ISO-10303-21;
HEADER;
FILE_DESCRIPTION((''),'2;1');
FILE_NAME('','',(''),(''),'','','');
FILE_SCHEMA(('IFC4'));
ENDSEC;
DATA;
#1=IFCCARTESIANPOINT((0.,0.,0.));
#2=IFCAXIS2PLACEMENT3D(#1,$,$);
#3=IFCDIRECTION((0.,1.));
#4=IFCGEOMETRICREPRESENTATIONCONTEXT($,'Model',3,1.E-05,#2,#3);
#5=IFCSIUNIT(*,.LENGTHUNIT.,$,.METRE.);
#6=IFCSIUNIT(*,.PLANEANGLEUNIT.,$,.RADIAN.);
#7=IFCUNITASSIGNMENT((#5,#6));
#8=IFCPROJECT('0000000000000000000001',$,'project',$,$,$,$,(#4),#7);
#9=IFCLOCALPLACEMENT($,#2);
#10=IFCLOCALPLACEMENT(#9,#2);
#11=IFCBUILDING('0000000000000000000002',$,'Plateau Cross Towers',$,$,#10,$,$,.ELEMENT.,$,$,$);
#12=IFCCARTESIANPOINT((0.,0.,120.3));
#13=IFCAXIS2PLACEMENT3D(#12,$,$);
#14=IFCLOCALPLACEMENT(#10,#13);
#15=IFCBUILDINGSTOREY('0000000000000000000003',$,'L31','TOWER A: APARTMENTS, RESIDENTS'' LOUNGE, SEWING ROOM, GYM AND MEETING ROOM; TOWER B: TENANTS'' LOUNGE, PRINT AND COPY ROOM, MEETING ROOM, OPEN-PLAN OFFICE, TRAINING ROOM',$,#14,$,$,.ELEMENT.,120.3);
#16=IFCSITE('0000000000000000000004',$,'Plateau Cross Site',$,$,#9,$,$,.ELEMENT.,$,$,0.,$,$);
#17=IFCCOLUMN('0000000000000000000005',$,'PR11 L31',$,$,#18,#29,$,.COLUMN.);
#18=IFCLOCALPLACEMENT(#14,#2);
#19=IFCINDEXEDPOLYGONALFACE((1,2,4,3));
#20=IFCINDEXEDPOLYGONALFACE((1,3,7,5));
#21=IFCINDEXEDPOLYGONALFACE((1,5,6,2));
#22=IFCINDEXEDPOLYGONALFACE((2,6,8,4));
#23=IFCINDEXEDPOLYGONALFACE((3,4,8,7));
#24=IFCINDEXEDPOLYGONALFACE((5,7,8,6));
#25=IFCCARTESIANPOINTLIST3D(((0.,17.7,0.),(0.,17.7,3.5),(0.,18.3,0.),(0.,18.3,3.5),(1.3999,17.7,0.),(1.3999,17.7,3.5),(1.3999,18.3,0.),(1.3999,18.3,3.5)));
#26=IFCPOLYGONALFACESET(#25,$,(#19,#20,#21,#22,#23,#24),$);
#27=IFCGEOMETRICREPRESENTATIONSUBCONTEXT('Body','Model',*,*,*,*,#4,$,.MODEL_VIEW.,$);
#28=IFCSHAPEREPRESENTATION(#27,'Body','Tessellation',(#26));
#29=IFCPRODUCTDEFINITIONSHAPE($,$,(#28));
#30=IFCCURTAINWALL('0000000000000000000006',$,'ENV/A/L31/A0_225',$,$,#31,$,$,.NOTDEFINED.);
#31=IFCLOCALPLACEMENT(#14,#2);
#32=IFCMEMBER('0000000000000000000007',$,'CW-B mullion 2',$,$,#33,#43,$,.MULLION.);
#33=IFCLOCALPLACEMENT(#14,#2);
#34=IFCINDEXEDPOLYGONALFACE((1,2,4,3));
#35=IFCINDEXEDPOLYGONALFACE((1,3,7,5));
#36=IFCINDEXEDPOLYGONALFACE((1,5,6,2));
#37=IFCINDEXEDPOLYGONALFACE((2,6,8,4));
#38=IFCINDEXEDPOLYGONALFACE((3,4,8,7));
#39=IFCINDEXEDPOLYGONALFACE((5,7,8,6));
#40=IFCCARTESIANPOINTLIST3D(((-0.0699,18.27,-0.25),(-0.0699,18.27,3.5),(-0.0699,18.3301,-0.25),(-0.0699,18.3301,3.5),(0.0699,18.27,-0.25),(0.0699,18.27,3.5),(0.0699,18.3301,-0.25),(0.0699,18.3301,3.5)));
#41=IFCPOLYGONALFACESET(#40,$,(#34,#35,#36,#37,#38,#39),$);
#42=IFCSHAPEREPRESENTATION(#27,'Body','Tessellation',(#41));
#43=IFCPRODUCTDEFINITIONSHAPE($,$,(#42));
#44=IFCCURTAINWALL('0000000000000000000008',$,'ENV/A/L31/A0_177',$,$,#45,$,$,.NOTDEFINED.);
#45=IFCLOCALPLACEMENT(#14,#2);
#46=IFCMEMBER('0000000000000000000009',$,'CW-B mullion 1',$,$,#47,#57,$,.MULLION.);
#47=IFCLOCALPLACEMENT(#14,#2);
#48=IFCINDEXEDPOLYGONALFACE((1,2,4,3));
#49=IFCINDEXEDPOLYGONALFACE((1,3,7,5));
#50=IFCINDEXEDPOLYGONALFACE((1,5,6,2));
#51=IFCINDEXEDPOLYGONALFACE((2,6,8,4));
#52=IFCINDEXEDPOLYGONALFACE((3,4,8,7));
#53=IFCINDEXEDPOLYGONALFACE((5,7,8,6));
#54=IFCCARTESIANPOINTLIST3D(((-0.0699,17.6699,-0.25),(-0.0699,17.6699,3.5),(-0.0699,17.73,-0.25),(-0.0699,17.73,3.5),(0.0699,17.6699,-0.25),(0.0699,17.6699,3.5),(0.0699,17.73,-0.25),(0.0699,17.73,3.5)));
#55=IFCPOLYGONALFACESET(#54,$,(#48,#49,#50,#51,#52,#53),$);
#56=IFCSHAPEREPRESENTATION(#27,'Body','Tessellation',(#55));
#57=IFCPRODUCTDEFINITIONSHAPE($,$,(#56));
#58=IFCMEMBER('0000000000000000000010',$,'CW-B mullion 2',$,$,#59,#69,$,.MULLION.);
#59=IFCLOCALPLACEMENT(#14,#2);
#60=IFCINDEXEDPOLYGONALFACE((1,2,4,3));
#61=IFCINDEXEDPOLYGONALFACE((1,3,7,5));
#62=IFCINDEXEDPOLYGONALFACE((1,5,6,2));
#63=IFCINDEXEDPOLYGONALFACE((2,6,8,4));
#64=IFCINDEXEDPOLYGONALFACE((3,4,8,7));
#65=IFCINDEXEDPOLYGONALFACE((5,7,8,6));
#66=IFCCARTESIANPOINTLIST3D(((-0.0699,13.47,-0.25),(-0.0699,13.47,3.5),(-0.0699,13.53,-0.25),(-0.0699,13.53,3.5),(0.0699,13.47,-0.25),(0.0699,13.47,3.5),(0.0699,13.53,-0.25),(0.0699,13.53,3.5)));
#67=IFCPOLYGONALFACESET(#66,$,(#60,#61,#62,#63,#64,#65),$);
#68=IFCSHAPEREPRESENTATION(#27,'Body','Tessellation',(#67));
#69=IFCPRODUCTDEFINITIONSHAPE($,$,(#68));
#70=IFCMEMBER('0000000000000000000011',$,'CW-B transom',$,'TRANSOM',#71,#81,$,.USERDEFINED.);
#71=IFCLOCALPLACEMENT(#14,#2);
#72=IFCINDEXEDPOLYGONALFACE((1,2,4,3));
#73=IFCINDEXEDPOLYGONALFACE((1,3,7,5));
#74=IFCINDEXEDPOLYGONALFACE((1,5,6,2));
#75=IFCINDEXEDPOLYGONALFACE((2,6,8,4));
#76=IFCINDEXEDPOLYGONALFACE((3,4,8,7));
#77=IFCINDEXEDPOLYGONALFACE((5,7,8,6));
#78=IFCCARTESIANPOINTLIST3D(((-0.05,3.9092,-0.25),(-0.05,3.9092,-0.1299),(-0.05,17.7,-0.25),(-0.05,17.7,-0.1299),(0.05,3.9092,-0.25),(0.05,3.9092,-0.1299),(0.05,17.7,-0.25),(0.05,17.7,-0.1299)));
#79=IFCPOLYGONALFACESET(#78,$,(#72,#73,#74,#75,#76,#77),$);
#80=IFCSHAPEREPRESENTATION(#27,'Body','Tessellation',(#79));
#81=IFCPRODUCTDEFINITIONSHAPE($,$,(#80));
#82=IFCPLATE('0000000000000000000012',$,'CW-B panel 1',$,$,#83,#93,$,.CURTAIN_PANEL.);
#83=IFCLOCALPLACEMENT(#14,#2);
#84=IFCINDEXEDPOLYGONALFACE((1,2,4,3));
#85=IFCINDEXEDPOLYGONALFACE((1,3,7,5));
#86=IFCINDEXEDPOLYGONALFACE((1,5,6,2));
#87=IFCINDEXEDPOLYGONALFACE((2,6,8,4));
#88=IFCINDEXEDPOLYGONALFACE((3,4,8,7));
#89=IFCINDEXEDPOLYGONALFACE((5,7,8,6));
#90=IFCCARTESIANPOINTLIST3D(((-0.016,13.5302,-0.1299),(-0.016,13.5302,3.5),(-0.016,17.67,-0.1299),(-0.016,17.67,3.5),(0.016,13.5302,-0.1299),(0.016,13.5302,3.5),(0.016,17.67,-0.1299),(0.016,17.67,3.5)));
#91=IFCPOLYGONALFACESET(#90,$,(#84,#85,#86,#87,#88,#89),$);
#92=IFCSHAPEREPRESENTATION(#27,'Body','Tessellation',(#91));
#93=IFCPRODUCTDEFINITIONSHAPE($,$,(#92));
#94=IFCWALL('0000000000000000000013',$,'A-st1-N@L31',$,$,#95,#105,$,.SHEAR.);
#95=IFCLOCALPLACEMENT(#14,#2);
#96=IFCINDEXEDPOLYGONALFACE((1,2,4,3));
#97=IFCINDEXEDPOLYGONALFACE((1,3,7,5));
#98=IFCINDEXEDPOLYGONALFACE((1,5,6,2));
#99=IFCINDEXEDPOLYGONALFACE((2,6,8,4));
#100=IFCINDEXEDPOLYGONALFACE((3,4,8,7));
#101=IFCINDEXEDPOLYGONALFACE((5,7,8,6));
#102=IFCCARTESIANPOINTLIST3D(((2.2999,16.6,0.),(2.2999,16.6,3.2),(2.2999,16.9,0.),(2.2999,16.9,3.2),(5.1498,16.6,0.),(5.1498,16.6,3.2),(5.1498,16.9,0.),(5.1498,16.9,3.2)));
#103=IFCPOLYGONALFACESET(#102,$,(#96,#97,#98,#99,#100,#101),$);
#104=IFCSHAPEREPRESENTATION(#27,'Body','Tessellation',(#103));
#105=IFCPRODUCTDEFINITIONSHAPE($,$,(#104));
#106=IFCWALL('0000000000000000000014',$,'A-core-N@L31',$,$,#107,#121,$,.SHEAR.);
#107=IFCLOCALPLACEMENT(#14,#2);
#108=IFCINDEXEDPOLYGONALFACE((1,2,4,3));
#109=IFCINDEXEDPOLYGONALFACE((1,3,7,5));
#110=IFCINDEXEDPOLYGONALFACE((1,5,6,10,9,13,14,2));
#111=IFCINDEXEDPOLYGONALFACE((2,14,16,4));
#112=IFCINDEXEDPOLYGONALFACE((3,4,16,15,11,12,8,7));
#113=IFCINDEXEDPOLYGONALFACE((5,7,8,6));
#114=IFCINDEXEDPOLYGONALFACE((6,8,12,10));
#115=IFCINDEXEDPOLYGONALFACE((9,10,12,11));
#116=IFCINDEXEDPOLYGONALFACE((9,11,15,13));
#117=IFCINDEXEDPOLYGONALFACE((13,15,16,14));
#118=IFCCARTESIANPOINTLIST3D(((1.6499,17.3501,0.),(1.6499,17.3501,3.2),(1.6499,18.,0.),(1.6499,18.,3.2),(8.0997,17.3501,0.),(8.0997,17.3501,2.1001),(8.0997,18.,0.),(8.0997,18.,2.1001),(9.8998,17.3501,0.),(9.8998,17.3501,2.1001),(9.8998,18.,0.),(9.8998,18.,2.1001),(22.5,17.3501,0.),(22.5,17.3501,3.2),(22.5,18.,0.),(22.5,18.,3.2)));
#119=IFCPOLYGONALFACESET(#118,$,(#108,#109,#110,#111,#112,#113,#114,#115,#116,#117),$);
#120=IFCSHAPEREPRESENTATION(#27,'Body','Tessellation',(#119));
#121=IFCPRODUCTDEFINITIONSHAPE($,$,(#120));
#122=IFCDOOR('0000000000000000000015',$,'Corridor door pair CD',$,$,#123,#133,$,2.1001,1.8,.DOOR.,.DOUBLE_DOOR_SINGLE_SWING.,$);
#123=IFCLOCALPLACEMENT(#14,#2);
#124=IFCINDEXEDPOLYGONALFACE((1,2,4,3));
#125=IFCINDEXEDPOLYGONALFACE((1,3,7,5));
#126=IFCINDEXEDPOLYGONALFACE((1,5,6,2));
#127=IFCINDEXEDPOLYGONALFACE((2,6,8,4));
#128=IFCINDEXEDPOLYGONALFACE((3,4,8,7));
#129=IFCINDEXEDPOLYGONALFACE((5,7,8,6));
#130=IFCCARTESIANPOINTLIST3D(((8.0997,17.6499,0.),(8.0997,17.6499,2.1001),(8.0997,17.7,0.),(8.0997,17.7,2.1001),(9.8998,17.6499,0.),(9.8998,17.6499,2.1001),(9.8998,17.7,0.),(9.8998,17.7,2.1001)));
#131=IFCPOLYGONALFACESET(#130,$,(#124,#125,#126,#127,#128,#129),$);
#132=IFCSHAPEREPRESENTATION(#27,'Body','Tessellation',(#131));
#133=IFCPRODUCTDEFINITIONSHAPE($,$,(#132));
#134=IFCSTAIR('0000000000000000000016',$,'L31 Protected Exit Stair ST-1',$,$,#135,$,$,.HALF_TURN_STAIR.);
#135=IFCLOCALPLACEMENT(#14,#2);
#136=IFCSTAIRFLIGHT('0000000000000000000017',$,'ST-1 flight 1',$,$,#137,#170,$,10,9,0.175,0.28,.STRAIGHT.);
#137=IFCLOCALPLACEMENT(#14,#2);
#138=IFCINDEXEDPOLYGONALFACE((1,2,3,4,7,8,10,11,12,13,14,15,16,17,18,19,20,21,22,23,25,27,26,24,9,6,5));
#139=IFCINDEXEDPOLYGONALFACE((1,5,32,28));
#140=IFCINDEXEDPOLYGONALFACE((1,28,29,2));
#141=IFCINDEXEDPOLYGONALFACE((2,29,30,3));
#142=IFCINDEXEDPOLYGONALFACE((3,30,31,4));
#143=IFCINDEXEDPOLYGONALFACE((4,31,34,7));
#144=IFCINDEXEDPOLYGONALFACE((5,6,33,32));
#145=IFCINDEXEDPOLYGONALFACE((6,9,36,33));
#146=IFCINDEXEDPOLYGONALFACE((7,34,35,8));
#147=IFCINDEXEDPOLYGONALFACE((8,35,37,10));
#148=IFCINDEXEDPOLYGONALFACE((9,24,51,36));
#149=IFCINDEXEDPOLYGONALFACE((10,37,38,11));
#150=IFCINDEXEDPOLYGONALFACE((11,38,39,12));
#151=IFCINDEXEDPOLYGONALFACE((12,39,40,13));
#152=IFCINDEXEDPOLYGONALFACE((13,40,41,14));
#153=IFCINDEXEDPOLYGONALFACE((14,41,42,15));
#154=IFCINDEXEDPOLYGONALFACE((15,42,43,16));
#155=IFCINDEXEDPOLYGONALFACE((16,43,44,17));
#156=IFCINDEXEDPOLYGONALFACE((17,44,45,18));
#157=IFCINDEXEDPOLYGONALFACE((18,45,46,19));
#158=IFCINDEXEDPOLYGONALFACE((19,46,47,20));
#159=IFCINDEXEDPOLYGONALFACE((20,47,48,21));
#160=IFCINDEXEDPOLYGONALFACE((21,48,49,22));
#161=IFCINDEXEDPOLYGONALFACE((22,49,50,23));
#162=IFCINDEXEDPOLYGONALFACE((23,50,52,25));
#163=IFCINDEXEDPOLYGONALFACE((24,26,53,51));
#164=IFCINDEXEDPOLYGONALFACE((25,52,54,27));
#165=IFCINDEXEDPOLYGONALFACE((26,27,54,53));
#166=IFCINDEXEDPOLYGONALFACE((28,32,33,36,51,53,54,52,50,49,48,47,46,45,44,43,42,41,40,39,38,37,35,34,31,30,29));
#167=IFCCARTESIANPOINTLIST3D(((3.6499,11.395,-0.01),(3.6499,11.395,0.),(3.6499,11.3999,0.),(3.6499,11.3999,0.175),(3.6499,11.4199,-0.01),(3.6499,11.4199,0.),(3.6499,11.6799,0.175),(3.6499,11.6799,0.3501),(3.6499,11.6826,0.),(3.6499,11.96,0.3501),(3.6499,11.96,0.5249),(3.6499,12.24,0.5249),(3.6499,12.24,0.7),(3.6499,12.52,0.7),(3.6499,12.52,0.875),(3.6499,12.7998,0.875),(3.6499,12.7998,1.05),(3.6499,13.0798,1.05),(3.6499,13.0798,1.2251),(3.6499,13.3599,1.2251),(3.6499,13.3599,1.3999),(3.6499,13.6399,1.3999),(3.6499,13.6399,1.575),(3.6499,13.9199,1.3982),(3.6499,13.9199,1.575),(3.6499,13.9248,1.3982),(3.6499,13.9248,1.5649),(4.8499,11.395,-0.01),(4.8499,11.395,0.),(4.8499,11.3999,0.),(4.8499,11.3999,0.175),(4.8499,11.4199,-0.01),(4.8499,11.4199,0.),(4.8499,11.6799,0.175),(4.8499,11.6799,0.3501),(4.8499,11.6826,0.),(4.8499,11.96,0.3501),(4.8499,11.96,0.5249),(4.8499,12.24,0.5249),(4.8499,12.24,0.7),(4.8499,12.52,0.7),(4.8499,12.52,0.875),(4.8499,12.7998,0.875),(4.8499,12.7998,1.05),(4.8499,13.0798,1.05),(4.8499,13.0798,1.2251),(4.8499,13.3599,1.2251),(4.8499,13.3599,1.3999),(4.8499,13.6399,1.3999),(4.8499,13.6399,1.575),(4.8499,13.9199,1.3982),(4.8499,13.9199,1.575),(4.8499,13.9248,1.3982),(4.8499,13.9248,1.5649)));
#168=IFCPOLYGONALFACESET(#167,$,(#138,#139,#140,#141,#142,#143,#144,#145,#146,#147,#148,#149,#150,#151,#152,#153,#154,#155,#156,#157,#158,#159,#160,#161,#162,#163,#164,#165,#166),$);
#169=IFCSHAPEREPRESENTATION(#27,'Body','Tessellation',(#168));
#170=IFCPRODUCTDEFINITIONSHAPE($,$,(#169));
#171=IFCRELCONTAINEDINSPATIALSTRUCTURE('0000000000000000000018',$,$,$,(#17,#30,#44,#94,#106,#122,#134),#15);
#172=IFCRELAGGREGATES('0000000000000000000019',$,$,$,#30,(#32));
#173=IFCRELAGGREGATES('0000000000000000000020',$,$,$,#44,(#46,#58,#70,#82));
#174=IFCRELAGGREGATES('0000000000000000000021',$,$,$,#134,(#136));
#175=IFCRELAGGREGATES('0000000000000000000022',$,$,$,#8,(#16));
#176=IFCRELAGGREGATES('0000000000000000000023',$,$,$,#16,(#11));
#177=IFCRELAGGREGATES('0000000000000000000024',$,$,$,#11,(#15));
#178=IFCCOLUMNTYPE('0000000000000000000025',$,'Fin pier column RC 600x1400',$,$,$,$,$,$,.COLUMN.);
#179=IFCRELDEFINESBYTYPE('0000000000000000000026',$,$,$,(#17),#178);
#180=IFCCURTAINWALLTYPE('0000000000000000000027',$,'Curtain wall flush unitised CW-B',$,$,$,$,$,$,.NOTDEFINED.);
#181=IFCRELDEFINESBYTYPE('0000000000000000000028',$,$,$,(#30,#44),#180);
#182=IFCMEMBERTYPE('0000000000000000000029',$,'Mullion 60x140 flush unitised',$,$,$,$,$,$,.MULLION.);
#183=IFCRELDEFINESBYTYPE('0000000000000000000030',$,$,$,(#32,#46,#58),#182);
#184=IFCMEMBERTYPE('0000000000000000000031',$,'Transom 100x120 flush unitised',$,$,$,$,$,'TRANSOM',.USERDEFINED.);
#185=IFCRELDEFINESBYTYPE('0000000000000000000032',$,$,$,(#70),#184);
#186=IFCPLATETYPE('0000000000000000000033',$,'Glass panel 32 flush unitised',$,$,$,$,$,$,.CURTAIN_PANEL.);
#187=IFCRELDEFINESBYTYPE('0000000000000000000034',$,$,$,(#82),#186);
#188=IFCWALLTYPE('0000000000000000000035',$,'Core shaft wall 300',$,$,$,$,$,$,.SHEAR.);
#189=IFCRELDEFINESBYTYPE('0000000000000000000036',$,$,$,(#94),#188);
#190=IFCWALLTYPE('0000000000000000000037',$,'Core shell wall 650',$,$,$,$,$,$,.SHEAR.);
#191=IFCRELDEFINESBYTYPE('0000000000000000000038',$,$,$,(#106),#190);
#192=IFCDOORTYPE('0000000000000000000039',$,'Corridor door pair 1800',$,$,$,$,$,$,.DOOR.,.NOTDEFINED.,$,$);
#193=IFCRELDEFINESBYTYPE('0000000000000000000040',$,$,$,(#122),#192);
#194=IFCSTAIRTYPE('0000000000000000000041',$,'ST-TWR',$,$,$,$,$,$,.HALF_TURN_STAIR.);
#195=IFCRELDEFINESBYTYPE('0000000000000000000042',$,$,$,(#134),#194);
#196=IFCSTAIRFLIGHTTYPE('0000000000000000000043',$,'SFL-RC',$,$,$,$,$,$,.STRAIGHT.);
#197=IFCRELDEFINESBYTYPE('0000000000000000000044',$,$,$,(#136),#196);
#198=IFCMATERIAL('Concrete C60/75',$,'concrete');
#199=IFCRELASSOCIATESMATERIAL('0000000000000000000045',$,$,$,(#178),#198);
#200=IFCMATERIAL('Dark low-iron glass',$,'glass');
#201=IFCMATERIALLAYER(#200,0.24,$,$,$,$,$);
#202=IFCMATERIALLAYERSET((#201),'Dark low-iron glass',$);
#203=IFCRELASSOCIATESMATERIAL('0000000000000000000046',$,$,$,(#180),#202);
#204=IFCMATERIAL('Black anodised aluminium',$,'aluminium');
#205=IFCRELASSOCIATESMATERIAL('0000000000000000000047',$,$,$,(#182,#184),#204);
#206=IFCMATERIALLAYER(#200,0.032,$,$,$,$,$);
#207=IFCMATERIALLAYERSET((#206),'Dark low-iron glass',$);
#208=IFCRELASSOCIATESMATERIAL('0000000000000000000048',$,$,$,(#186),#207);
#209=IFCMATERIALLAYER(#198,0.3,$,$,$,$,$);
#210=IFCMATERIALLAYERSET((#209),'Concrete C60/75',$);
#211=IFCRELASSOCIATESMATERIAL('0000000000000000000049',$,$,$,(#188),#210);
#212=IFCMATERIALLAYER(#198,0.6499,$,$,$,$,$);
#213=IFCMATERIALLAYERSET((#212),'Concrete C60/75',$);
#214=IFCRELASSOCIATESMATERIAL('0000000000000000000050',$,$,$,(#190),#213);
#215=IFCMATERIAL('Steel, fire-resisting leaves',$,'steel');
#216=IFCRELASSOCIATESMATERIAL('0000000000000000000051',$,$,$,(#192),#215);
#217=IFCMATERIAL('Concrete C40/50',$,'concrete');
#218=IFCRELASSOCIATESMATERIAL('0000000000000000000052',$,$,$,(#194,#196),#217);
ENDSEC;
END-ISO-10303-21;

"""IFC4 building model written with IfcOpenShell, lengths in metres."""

from ifc_helpers import new_model, si_unit, direction, frame, frame_2d, origin, origin_2d, place, context, subcontext, project, spatial, polyline, rectangle, outline, extrude, material, layer, layer_set, material_profile, profile_set, type_object, element, fill, aggregate, save


model = new_model("IFC4")

# Units and contexts
model_context = context("Model", 3, precision=1e-05, world=origin(), true_north=direction((0.0, 1.0)))
body_context = subcontext(model_context, "Body", "Model", "MODEL_VIEW")
ifc_project = project(units=[si_unit("LENGTHUNIT", "METRE"), si_unit("PLANEANGLEUNIT", "RADIAN")], contexts=[model_context])

# Site, building, storey
site_placement = place(None, origin())
site = spatial("IfcSite", under=ifc_project, at=site_placement, Name="Plateau Cross Site", CompositionType="ELEMENT", RefElevation=0.0)
building_placement = place(site_placement, origin())
building = spatial("IfcBuilding", under=site, at=building_placement, Name="Plateau Cross Towers", CompositionType="ELEMENT")
storey_placement = place(building_placement, frame((0.0, 0.0, 120.3)))
storey = spatial("IfcBuildingStorey", under=building, at=storey_placement, Name="L31", Description="TOWER A: APARTMENTS, RESIDENTS' LOUNGE, SEWING ROOM, GYM AND MEETING ROOM; TOWER B: TENANTS' LOUNGE, PRINT AND COPY ROOM, MEETING ROOM, OPEN-PLAN OFFICE, TRAINING ROOM", CompositionType="ELEMENT", Elevation=120.3)

# Column
ifc_material_1 = material(Name="Concrete C60/75", Category="concrete")
ifc_material_profile_1 = material_profile(ifc_material_1, rectangle(XDim=0.6001, YDim=1.3999, at=origin_2d()), Name="RC 600x1400")
ifc_profile_set_1 = profile_set([ifc_material_profile_1], Name="Concrete C60/75")
column_type = type_object("IfcColumnType", Name="Fin pier column RC 600x1400", PredefinedType="COLUMN", material=ifc_profile_set_1)
column_placement = place(storey_placement, frame((0.7, 18.0, 0.0), z_axis=(0.0, 0.0, 1.0), x_axis=(0.0, 1.0, 0.0)))
element("IfcColumn", 1, at=column_placement, inside=storey, type_object=column_type, Name="PR11 L31", PredefinedType="COLUMN", context=body_context, shape_type="SweptSolid", body=[
    extrude(rectangle(XDim=0.6001, YDim=1.3999, at=origin_2d()), origin(), (0.0, 0.0, 1.0), 3.5),
])

# Curtain wall, member
ifc_material_2 = material(Name="Dark low-iron glass", Category="glass")
ifc_layer_1 = layer(ifc_material_2, 0.24)
ifc_layer_set_1 = layer_set([ifc_layer_1], Name="Dark low-iron glass")
curtain_wall_type = type_object("IfcCurtainWallType", Name="Curtain wall flush unitised CW-B", PredefinedType="NOTDEFINED", material=ifc_layer_set_1)
curtain_wall_1_placement = place(storey_placement, origin())
curtain_wall_1 = element("IfcCurtainWall", 2, at=curtain_wall_1_placement, inside=storey, type_object=curtain_wall_type, Name="ENV/A/L31/A0_225", PredefinedType="NOTDEFINED")
ifc_material_3 = material(Name="Black anodised aluminium", Category="aluminium")
ifc_material_profile_2 = material_profile(ifc_material_3, rectangle(XDim=0.0601, YDim=0.1399, at=origin_2d()), Name="MULLION 60x140")
ifc_profile_set_2 = profile_set([ifc_material_profile_2], Name="Black anodised aluminium")
member_type_1 = type_object("IfcMemberType", Name="Mullion 60x140 flush unitised", PredefinedType="MULLION", material=ifc_profile_set_2)
member_1_placement = place(storey_placement, frame((0.0, 18.3, -0.25), z_axis=(0.0, 0.0, 1.0), x_axis=(0.0, -1.0, 0.0)))
member_1 = element("IfcMember", 3, at=member_1_placement, type_object=member_type_1, Name="CW-B mullion 2", PredefinedType="MULLION", context=body_context, shape_type="SweptSolid", body=[
    extrude(rectangle(XDim=0.0601, YDim=0.1399, at=origin_2d()), origin(), (0.0, 0.0, 1.0), 3.75),
])
aggregate(curtain_wall_1, [member_1])

# Curtain wall, members, plate
curtain_wall_2_placement = place(storey_placement, origin())
curtain_wall_2 = element("IfcCurtainWall", 4, at=curtain_wall_2_placement, inside=storey, type_object=curtain_wall_type, Name="ENV/A/L31/A0_177", PredefinedType="NOTDEFINED")
member_2_placement = place(storey_placement, frame((0.0, 17.7, -0.25), z_axis=(0.0, 0.0, 1.0), x_axis=(0.0, -1.0, 0.0)))
member_2 = element("IfcMember", 5, at=member_2_placement, type_object=member_type_1, Name="CW-B mullion 1", PredefinedType="MULLION", context=body_context, shape_type="SweptSolid", body=[
    extrude(rectangle(XDim=0.0601, YDim=0.1399, at=origin_2d()), origin(), (0.0, 0.0, 1.0), 3.75),
])
member_3_placement = place(storey_placement, frame((0.0, 13.5, -0.25), z_axis=(0.0, 0.0, 1.0), x_axis=(0.0, -1.0, 0.0)))
member_3 = element("IfcMember", 6, at=member_3_placement, type_object=member_type_1, Name="CW-B mullion 2", PredefinedType="MULLION", context=body_context, shape_type="SweptSolid", body=[
    extrude(rectangle(XDim=0.0601, YDim=0.1399, at=origin_2d()), origin(), (0.0, 0.0, 1.0), 3.75),
])
ifc_material_profile_3 = material_profile(ifc_material_3, rectangle(XDim=0.1001, YDim=0.1201, at=origin_2d()), Name="TRANSOM 100x120")
ifc_profile_set_3 = profile_set([ifc_material_profile_3], Name="Black anodised aluminium")
member_type_2 = type_object("IfcMemberType", Name="Transom 100x120 flush unitised", ElementType="TRANSOM", PredefinedType="USERDEFINED", material=ifc_profile_set_3)
member_4_placement = place(storey_placement, frame((0.0, 17.7, -0.1899), z_axis=(0.0, -1.0, 0.0), x_axis=(1.0, 0.0, 0.0)))
member_4 = element("IfcMember", 7, at=member_4_placement, type_object=member_type_2, Name="CW-B transom", ObjectType="TRANSOM", PredefinedType="USERDEFINED", context=body_context, shape_type="SweptSolid", body=[
    extrude(rectangle(XDim=0.1001, YDim=0.1201, at=origin_2d()), origin(), (0.0, 0.0, 1.0), 13.7908),
])
ifc_layer_2 = layer(ifc_material_2, 0.032)
ifc_layer_set_2 = layer_set([ifc_layer_2], Name="Dark low-iron glass")
plate_type = type_object("IfcPlateType", Name="Glass panel 32 flush unitised", PredefinedType="CURTAIN_PANEL", material=ifc_layer_set_2)
plate_placement = place(storey_placement, frame((0.0, 15.6001, -0.1299), z_axis=(0.0, 0.0, 1.0), x_axis=(0.0, -1.0, 0.0)))
plate = element("IfcPlate", 8, at=plate_placement, type_object=plate_type, Name="CW-B panel 1", PredefinedType="CURTAIN_PANEL", context=body_context, shape_type="SweptSolid", body=[
    extrude(rectangle(XDim=4.1399, YDim=0.032, at=origin_2d()), origin(), (0.0, 0.0, 1.0), 3.6299),
])
aggregate(curtain_wall_2, [member_2, member_3, member_4, plate])

# Wall
ifc_layer_3 = layer(ifc_material_1, 0.3)
ifc_layer_set_3 = layer_set([ifc_layer_3], Name="Concrete C60/75")
wall_type_1 = type_object("IfcWallType", Name="Core shaft wall 300", PredefinedType="SHEAR", material=ifc_layer_set_3)
wall_1_placement = place(storey_placement, frame((2.3, 16.75, 0.0), z_axis=(0.0, 0.0, 1.0), x_axis=(1.0, 0.0, 0.0)))
element("IfcWall", 9, at=wall_1_placement, inside=storey, type_object=wall_type_1, Name="A-st1-N@L31", PredefinedType="SHEAR", context=body_context, shape_type="SweptSolid", body=[
    extrude(rectangle(XDim=2.8499, YDim=0.3, at=frame_2d((1.4248, 0.0))), origin(), (0.0, 0.0, 1.0), 3.2),
])

# Wall, opening, door
ifc_layer_4 = layer(ifc_material_1, 0.6499)
ifc_layer_set_4 = layer_set([ifc_layer_4], Name="Concrete C60/75")
wall_type_2 = type_object("IfcWallType", Name="Core shell wall 650", PredefinedType="SHEAR", material=ifc_layer_set_4)
wall_2_placement = place(storey_placement, frame((1.6499, 17.675, 0.0), z_axis=(0.0, 0.0, 1.0), x_axis=(1.0, 0.0, 0.0)))
wall_2 = element("IfcWall", 10, at=wall_2_placement, inside=storey, type_object=wall_type_2, Name="A-core-N@L31", PredefinedType="SHEAR", context=body_context, shape_type="SweptSolid", body=[
    extrude(rectangle(XDim=20.8501, YDim=0.6499, at=frame_2d((10.425, 0.0))), origin(), (0.0, 0.0, 1.0), 3.2),
])
opening_placement = place(wall_2_placement, frame((6.45, 0.0, 0.0)))
opening = element("IfcOpeningElement", 11, at=opening_placement, cuts=wall_2, PredefinedType="OPENING", context=body_context, shape_type="SweptSolid", body=[
    extrude(rectangle(XDim=1.8, YDim=2.1001, at=frame_2d((0.8999, 1.05))), frame((0.0, 0.335, 0.0), z_axis=(0.0, -1.0, 0.0), x_axis=(1.0, 0.0, 0.0)), (0.0, 0.0, 1.0), 0.6699),
])
ifc_material_4 = material(Name="Steel, fire-resisting leaves", Category="steel")
door_type = type_object("IfcDoorType", Name="Corridor door pair 1800", OperationType="NOTDEFINED", PredefinedType="DOOR", material=ifc_material_4)
door_placement = place(opening_placement, origin())
door = element("IfcDoor", 12, at=door_placement, inside=storey, type_object=door_type, Name="Corridor door pair CD", OperationType="DOUBLE_DOOR_SINGLE_SWING", OverallHeight=2.1001, OverallWidth=1.8, PredefinedType="DOOR", context=body_context, shape_type="SweptSolid", body=[
    extrude(rectangle(XDim=1.8, YDim=2.1001, at=frame_2d((0.8999, 1.05))), frame((0.0, 0.0249, 0.0), z_axis=(0.0, -1.0, 0.0), x_axis=(1.0, 0.0, 0.0)), (0.0, 0.0, 1.0), 0.05),
])
fill(opening, door)

# Stair, stair flight
ifc_material_5 = material(Name="Concrete C40/50", Category="concrete")
stair_type = type_object("IfcStairType", Name="ST-TWR", PredefinedType="HALF_TURN_STAIR", material=ifc_material_5)
stair_placement = place(storey_placement, origin())
stair = element("IfcStair", 13, at=stair_placement, inside=storey, type_object=stair_type, Name="L31 Protected Exit Stair ST-1", PredefinedType="HALF_TURN_STAIR")
stair_flight_type = type_object("IfcStairFlightType", Name="SFL-RC", PredefinedType="STRAIGHT", material=ifc_material_5)
stair_flight_1_placement = place(storey_placement, frame((4.25, 11.3999, 0.0), z_axis=(0.0, 0.0, 1.0), x_axis=(0.0, 1.0, 0.0)))
stair_flight_1 = element("IfcStairFlight", 14, at=stair_flight_1_placement, type_object=stair_flight_type, Name="ST-1 flight 1", NumberOfRisers=10, NumberOfTreads=9, PredefinedType="STRAIGHT", RiserHeight=0.175, TreadLength=0.28, context=body_context, shape_type="SweptSolid", body=[
    extrude(outline(polyline([(-0.0049, -0.01), (-0.0049, 0.0), (0.0, 0.0), (0.0, 0.175), (0.28, 0.175), (0.28, 0.3501), (0.5601, 0.3501), (0.5601, 0.5249), (0.8401, 0.5249), (0.8401, 0.7), (1.1201, 0.7), (1.1201, 0.875), (1.3999, 0.875), (1.3999, 1.05), (1.6799, 1.05), (1.6799, 1.2251), (1.96, 1.2251), (1.96, 1.3999), (2.24, 1.3999), (2.24, 1.575), (2.52, 1.575), (2.5249, 1.5649), (2.5249, 1.3982), (2.52, 1.3982), (0.2827, 0.0), (0.02, 0.0), (0.02, -0.01), (-0.0049, -0.01)])), frame((0.0, 0.6001, 0.0), z_axis=(0.0, -1.0, 0.0), x_axis=(1.0, 0.0, 0.0)), (0.0, 0.0, 1.0), 1.2),
])
aggregate(stair, [stair_flight_1])

save(model, "model.ifc")
